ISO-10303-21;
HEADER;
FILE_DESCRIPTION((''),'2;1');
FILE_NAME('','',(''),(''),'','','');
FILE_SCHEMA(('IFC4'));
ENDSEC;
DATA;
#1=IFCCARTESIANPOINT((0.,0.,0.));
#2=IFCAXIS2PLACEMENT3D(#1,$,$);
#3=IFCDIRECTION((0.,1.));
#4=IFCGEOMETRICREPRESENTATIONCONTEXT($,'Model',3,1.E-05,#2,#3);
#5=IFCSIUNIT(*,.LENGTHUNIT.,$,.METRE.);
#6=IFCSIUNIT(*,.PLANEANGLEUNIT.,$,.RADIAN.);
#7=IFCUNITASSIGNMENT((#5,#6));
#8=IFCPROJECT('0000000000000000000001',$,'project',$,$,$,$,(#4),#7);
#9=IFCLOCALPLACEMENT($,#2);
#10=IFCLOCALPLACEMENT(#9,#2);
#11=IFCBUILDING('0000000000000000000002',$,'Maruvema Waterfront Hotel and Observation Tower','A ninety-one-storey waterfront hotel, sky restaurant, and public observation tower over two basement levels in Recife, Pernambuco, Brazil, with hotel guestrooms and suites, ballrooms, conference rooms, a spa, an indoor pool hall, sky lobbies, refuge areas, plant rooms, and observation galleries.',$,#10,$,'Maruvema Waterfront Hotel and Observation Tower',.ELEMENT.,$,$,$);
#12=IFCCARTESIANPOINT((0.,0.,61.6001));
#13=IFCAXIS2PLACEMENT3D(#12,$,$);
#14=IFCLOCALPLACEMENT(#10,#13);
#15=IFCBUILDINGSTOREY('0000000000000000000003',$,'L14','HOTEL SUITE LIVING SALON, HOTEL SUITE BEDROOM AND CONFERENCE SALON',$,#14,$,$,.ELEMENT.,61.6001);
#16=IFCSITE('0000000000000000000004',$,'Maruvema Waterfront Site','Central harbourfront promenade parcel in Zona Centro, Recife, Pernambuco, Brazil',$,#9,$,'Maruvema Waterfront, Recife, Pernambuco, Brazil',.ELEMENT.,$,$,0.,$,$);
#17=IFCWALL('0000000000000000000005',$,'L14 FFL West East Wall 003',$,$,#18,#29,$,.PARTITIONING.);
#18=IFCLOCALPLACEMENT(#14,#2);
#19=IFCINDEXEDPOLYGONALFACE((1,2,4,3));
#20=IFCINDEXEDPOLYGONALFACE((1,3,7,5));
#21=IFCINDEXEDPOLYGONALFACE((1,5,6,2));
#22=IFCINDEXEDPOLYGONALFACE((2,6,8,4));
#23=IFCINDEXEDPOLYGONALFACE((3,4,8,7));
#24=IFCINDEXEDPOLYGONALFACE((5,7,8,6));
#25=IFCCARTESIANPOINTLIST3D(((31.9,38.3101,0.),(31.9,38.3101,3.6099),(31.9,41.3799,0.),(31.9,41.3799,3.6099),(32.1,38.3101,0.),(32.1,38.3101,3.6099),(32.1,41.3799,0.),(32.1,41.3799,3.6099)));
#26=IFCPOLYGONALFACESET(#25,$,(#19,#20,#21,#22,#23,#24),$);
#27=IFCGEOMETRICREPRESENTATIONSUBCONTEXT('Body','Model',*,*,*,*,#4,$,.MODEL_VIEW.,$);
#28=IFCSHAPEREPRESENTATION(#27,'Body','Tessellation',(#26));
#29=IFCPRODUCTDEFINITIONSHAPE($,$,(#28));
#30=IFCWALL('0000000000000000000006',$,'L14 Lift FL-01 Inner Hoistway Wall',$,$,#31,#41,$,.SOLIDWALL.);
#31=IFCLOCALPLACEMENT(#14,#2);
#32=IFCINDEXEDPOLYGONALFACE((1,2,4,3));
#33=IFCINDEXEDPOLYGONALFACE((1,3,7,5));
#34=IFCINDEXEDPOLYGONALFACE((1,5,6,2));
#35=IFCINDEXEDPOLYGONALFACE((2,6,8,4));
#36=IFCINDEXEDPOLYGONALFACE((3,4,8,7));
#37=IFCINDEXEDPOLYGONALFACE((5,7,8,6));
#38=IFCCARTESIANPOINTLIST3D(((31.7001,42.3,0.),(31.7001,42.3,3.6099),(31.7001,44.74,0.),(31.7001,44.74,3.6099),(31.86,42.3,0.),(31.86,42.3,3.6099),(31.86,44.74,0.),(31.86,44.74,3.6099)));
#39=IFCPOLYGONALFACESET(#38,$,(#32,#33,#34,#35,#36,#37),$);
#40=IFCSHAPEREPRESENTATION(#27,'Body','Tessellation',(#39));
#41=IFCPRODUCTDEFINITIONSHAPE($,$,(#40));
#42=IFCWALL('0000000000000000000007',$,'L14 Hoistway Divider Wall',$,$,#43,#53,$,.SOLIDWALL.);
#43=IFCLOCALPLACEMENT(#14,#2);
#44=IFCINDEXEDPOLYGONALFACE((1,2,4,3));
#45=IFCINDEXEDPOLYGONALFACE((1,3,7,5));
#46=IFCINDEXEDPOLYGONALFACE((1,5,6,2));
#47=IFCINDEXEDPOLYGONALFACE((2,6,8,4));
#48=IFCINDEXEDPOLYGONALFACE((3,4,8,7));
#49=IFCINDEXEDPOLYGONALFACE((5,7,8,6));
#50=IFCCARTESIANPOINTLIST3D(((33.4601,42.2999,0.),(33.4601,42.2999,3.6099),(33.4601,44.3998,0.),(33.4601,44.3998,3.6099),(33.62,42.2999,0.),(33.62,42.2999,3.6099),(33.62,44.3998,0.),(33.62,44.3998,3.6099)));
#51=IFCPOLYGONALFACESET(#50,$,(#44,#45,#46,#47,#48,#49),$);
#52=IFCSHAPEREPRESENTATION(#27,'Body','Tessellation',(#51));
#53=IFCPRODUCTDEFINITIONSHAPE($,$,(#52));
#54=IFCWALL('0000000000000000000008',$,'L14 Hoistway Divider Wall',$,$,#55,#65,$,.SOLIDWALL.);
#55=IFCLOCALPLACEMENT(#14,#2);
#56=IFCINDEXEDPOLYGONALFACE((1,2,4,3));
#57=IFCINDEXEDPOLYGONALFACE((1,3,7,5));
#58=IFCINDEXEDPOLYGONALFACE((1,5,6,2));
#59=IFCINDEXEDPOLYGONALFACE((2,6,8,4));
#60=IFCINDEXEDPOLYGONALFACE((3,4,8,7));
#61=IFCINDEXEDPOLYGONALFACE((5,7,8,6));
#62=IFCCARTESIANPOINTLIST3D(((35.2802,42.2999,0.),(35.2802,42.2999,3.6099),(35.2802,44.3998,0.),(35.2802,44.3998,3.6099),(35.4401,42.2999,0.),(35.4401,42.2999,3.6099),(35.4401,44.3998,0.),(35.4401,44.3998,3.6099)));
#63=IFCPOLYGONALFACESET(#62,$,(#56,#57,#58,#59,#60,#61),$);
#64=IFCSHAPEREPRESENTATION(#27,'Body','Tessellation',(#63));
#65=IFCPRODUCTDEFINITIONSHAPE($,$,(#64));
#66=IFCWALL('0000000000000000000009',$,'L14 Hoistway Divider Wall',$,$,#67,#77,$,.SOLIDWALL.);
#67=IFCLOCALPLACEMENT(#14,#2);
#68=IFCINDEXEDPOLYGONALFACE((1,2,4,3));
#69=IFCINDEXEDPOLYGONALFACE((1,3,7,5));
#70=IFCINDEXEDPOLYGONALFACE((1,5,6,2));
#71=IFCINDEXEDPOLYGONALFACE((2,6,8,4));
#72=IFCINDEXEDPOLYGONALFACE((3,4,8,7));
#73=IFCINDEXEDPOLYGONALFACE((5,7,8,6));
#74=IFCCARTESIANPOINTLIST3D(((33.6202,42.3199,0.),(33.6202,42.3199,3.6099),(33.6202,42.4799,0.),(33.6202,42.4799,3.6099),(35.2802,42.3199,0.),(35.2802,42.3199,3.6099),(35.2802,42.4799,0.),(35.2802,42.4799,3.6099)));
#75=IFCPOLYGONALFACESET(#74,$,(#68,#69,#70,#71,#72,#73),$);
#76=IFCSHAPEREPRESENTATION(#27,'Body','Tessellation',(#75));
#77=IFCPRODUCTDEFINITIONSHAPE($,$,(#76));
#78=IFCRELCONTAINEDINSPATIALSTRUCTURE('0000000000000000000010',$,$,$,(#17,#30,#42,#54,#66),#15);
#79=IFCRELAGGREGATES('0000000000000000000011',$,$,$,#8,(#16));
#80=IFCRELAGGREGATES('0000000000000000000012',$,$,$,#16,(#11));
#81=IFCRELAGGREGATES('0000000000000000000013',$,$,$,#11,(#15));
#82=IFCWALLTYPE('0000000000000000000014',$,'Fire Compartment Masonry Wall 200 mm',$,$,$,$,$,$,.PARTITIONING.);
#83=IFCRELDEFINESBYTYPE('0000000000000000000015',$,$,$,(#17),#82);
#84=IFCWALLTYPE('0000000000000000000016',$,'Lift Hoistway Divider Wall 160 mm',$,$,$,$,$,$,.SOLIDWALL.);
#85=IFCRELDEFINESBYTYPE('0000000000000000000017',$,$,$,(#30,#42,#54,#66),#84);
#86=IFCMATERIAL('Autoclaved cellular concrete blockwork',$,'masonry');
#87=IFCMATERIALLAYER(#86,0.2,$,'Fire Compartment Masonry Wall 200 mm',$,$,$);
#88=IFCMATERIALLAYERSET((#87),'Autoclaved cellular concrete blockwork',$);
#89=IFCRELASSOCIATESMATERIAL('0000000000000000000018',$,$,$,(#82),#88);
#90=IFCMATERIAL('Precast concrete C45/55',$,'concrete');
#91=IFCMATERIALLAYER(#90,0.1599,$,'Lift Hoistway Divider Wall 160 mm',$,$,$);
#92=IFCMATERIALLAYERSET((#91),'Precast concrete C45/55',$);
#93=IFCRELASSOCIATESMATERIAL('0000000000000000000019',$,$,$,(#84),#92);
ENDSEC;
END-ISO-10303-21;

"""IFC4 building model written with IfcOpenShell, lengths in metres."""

from ifc_helpers import new_model, si_unit, direction, frame, frame_2d, origin, place, context, subcontext, project, spatial, rectangle, extrude, material, layer, layer_set, type_object, element, save


model = new_model("IFC4")

# Units and contexts
model_context = context("Model", 3, precision=1e-05, world=origin(), true_north=direction((0.0, 1.0)))
body_context = subcontext(model_context, "Body", "Model", "MODEL_VIEW")
ifc_project = project(units=[si_unit("LENGTHUNIT", "METRE"), si_unit("PLANEANGLEUNIT", "RADIAN")], contexts=[model_context])

# Site, building, storey
site_placement = place(None, origin())
site = spatial("IfcSite", under=ifc_project, at=site_placement, Name="Maruvema Waterfront Site", Description="Central harbourfront promenade parcel in Zona Centro, Recife, Pernambuco, Brazil", LongName="Maruvema Waterfront, Recife, Pernambuco, Brazil", CompositionType="ELEMENT", RefElevation=0.0)
building_placement = place(site_placement, origin())
building = spatial("IfcBuilding", under=site, at=building_placement, Name="Maruvema Waterfront Hotel and Observation Tower", Description="A ninety-one-storey waterfront hotel, sky restaurant, and public observation tower over two basement levels in Recife, Pernambuco, Brazil, with hotel guestrooms and suites, ballrooms, conference rooms, a spa, an indoor pool hall, sky lobbies, refuge areas, plant rooms, and observation galleries.", LongName="Maruvema Waterfront Hotel and Observation Tower", CompositionType="ELEMENT")
storey_placement = place(building_placement, frame((0.0, 0.0, 61.6001)))
storey = spatial("IfcBuildingStorey", under=building, at=storey_placement, Name="L14", Description="HOTEL SUITE LIVING SALON, HOTEL SUITE BEDROOM AND CONFERENCE SALON", CompositionType="ELEMENT", Elevation=61.6001)

# Walls
ifc_material_1 = material(Name="Autoclaved cellular concrete blockwork", Category="masonry")
ifc_layer_1 = layer(ifc_material_1, 0.2, Name="Fire Compartment Masonry Wall 200 mm")
ifc_layer_set_1 = layer_set([ifc_layer_1], Name="Autoclaved cellular concrete blockwork")
wall_type_1 = type_object("IfcWallType", Name="Fire Compartment Masonry Wall 200 mm", PredefinedType="PARTITIONING", material=ifc_layer_set_1)
for number, where, z_axis, x_axis, name in (
    (1, (32.0, 38.3101, 0.0), (0.0, 0.0, 1.0), (0.0, 1.0, 0.0), "L14 FFL West East Wall 003"),
):
    element("IfcWall", number, at=place(storey_placement, frame(where, z_axis=z_axis, x_axis=x_axis)), inside=storey, type_object=wall_type_1, Name=name, PredefinedType="PARTITIONING", context=body_context, shape_type="SweptSolid", body=[
        extrude(rectangle(XDim=3.0698, YDim=0.2, at=frame_2d((1.5349, 0.0))), origin(), (0.0, 0.0, 1.0), 3.6099),
    ])
ifc_material_2 = material(Name="Precast concrete C45/55", Category="concrete")
ifc_layer_2 = layer(ifc_material_2, 0.1599, Name="Lift Hoistway Divider Wall 160 mm")
ifc_layer_set_2 = layer_set([ifc_layer_2], Name="Precast concrete C45/55")
wall_type_2 = type_object("IfcWallType", Name="Lift Hoistway Divider Wall 160 mm", PredefinedType="SOLIDWALL", material=ifc_layer_set_2)
wall_1_placement = place(storey_placement, frame((31.78, 42.3, 0.0), z_axis=(0.0, 0.0, 1.0), x_axis=(0.0, 1.0, 0.0)))
element("IfcWall", 2, at=wall_1_placement, inside=storey, type_object=wall_type_2, Name="L14 Lift FL-01 Inner Hoistway Wall", PredefinedType="SOLIDWALL", context=body_context, shape_type="SweptSolid", body=[
    extrude(rectangle(XDim=2.4399, YDim=0.1599, at=frame_2d((1.22, 0.0))), origin(), (0.0, 0.0, 1.0), 3.6099),
])
for number, where, z_axis, x_axis, name in (
    (3, (33.54, 42.3, 0.0), (0.0, 0.0, 1.0), (0.0, 1.0, 0.0), "L14 Hoistway Divider Wall"),
    (4, (35.3601, 42.3, 0.0), (0.0, 0.0, 1.0), (0.0, 1.0, 0.0), "L14 Hoistway Divider Wall"),
):
    element("IfcWall", number, at=place(storey_placement, frame(where, z_axis=z_axis, x_axis=x_axis)), inside=storey, type_object=wall_type_2, Name=name, PredefinedType="SOLIDWALL", context=body_context, shape_type="SweptSolid", body=[
        extrude(rectangle(XDim=2.0999, YDim=0.1599, at=frame_2d((1.0498, 0.0))), origin(), (0.0, 0.0, 1.0), 3.6099),
    ])
wall_2_placement = place(storey_placement, frame((33.6201, 42.3999, 0.0), z_axis=(0.0, 0.0, 1.0), x_axis=(1.0, 0.0, 0.0)))
element("IfcWall", 5, at=wall_2_placement, inside=storey, type_object=wall_type_2, Name="L14 Hoistway Divider Wall", PredefinedType="SOLIDWALL", context=body_context, shape_type="SweptSolid", body=[
    extrude(rectangle(XDim=1.6599, YDim=0.1599, at=frame_2d((0.8301, 0.0))), origin(), (0.0, 0.0, 1.0), 3.6099),
])

save(model, "model.ifc")
